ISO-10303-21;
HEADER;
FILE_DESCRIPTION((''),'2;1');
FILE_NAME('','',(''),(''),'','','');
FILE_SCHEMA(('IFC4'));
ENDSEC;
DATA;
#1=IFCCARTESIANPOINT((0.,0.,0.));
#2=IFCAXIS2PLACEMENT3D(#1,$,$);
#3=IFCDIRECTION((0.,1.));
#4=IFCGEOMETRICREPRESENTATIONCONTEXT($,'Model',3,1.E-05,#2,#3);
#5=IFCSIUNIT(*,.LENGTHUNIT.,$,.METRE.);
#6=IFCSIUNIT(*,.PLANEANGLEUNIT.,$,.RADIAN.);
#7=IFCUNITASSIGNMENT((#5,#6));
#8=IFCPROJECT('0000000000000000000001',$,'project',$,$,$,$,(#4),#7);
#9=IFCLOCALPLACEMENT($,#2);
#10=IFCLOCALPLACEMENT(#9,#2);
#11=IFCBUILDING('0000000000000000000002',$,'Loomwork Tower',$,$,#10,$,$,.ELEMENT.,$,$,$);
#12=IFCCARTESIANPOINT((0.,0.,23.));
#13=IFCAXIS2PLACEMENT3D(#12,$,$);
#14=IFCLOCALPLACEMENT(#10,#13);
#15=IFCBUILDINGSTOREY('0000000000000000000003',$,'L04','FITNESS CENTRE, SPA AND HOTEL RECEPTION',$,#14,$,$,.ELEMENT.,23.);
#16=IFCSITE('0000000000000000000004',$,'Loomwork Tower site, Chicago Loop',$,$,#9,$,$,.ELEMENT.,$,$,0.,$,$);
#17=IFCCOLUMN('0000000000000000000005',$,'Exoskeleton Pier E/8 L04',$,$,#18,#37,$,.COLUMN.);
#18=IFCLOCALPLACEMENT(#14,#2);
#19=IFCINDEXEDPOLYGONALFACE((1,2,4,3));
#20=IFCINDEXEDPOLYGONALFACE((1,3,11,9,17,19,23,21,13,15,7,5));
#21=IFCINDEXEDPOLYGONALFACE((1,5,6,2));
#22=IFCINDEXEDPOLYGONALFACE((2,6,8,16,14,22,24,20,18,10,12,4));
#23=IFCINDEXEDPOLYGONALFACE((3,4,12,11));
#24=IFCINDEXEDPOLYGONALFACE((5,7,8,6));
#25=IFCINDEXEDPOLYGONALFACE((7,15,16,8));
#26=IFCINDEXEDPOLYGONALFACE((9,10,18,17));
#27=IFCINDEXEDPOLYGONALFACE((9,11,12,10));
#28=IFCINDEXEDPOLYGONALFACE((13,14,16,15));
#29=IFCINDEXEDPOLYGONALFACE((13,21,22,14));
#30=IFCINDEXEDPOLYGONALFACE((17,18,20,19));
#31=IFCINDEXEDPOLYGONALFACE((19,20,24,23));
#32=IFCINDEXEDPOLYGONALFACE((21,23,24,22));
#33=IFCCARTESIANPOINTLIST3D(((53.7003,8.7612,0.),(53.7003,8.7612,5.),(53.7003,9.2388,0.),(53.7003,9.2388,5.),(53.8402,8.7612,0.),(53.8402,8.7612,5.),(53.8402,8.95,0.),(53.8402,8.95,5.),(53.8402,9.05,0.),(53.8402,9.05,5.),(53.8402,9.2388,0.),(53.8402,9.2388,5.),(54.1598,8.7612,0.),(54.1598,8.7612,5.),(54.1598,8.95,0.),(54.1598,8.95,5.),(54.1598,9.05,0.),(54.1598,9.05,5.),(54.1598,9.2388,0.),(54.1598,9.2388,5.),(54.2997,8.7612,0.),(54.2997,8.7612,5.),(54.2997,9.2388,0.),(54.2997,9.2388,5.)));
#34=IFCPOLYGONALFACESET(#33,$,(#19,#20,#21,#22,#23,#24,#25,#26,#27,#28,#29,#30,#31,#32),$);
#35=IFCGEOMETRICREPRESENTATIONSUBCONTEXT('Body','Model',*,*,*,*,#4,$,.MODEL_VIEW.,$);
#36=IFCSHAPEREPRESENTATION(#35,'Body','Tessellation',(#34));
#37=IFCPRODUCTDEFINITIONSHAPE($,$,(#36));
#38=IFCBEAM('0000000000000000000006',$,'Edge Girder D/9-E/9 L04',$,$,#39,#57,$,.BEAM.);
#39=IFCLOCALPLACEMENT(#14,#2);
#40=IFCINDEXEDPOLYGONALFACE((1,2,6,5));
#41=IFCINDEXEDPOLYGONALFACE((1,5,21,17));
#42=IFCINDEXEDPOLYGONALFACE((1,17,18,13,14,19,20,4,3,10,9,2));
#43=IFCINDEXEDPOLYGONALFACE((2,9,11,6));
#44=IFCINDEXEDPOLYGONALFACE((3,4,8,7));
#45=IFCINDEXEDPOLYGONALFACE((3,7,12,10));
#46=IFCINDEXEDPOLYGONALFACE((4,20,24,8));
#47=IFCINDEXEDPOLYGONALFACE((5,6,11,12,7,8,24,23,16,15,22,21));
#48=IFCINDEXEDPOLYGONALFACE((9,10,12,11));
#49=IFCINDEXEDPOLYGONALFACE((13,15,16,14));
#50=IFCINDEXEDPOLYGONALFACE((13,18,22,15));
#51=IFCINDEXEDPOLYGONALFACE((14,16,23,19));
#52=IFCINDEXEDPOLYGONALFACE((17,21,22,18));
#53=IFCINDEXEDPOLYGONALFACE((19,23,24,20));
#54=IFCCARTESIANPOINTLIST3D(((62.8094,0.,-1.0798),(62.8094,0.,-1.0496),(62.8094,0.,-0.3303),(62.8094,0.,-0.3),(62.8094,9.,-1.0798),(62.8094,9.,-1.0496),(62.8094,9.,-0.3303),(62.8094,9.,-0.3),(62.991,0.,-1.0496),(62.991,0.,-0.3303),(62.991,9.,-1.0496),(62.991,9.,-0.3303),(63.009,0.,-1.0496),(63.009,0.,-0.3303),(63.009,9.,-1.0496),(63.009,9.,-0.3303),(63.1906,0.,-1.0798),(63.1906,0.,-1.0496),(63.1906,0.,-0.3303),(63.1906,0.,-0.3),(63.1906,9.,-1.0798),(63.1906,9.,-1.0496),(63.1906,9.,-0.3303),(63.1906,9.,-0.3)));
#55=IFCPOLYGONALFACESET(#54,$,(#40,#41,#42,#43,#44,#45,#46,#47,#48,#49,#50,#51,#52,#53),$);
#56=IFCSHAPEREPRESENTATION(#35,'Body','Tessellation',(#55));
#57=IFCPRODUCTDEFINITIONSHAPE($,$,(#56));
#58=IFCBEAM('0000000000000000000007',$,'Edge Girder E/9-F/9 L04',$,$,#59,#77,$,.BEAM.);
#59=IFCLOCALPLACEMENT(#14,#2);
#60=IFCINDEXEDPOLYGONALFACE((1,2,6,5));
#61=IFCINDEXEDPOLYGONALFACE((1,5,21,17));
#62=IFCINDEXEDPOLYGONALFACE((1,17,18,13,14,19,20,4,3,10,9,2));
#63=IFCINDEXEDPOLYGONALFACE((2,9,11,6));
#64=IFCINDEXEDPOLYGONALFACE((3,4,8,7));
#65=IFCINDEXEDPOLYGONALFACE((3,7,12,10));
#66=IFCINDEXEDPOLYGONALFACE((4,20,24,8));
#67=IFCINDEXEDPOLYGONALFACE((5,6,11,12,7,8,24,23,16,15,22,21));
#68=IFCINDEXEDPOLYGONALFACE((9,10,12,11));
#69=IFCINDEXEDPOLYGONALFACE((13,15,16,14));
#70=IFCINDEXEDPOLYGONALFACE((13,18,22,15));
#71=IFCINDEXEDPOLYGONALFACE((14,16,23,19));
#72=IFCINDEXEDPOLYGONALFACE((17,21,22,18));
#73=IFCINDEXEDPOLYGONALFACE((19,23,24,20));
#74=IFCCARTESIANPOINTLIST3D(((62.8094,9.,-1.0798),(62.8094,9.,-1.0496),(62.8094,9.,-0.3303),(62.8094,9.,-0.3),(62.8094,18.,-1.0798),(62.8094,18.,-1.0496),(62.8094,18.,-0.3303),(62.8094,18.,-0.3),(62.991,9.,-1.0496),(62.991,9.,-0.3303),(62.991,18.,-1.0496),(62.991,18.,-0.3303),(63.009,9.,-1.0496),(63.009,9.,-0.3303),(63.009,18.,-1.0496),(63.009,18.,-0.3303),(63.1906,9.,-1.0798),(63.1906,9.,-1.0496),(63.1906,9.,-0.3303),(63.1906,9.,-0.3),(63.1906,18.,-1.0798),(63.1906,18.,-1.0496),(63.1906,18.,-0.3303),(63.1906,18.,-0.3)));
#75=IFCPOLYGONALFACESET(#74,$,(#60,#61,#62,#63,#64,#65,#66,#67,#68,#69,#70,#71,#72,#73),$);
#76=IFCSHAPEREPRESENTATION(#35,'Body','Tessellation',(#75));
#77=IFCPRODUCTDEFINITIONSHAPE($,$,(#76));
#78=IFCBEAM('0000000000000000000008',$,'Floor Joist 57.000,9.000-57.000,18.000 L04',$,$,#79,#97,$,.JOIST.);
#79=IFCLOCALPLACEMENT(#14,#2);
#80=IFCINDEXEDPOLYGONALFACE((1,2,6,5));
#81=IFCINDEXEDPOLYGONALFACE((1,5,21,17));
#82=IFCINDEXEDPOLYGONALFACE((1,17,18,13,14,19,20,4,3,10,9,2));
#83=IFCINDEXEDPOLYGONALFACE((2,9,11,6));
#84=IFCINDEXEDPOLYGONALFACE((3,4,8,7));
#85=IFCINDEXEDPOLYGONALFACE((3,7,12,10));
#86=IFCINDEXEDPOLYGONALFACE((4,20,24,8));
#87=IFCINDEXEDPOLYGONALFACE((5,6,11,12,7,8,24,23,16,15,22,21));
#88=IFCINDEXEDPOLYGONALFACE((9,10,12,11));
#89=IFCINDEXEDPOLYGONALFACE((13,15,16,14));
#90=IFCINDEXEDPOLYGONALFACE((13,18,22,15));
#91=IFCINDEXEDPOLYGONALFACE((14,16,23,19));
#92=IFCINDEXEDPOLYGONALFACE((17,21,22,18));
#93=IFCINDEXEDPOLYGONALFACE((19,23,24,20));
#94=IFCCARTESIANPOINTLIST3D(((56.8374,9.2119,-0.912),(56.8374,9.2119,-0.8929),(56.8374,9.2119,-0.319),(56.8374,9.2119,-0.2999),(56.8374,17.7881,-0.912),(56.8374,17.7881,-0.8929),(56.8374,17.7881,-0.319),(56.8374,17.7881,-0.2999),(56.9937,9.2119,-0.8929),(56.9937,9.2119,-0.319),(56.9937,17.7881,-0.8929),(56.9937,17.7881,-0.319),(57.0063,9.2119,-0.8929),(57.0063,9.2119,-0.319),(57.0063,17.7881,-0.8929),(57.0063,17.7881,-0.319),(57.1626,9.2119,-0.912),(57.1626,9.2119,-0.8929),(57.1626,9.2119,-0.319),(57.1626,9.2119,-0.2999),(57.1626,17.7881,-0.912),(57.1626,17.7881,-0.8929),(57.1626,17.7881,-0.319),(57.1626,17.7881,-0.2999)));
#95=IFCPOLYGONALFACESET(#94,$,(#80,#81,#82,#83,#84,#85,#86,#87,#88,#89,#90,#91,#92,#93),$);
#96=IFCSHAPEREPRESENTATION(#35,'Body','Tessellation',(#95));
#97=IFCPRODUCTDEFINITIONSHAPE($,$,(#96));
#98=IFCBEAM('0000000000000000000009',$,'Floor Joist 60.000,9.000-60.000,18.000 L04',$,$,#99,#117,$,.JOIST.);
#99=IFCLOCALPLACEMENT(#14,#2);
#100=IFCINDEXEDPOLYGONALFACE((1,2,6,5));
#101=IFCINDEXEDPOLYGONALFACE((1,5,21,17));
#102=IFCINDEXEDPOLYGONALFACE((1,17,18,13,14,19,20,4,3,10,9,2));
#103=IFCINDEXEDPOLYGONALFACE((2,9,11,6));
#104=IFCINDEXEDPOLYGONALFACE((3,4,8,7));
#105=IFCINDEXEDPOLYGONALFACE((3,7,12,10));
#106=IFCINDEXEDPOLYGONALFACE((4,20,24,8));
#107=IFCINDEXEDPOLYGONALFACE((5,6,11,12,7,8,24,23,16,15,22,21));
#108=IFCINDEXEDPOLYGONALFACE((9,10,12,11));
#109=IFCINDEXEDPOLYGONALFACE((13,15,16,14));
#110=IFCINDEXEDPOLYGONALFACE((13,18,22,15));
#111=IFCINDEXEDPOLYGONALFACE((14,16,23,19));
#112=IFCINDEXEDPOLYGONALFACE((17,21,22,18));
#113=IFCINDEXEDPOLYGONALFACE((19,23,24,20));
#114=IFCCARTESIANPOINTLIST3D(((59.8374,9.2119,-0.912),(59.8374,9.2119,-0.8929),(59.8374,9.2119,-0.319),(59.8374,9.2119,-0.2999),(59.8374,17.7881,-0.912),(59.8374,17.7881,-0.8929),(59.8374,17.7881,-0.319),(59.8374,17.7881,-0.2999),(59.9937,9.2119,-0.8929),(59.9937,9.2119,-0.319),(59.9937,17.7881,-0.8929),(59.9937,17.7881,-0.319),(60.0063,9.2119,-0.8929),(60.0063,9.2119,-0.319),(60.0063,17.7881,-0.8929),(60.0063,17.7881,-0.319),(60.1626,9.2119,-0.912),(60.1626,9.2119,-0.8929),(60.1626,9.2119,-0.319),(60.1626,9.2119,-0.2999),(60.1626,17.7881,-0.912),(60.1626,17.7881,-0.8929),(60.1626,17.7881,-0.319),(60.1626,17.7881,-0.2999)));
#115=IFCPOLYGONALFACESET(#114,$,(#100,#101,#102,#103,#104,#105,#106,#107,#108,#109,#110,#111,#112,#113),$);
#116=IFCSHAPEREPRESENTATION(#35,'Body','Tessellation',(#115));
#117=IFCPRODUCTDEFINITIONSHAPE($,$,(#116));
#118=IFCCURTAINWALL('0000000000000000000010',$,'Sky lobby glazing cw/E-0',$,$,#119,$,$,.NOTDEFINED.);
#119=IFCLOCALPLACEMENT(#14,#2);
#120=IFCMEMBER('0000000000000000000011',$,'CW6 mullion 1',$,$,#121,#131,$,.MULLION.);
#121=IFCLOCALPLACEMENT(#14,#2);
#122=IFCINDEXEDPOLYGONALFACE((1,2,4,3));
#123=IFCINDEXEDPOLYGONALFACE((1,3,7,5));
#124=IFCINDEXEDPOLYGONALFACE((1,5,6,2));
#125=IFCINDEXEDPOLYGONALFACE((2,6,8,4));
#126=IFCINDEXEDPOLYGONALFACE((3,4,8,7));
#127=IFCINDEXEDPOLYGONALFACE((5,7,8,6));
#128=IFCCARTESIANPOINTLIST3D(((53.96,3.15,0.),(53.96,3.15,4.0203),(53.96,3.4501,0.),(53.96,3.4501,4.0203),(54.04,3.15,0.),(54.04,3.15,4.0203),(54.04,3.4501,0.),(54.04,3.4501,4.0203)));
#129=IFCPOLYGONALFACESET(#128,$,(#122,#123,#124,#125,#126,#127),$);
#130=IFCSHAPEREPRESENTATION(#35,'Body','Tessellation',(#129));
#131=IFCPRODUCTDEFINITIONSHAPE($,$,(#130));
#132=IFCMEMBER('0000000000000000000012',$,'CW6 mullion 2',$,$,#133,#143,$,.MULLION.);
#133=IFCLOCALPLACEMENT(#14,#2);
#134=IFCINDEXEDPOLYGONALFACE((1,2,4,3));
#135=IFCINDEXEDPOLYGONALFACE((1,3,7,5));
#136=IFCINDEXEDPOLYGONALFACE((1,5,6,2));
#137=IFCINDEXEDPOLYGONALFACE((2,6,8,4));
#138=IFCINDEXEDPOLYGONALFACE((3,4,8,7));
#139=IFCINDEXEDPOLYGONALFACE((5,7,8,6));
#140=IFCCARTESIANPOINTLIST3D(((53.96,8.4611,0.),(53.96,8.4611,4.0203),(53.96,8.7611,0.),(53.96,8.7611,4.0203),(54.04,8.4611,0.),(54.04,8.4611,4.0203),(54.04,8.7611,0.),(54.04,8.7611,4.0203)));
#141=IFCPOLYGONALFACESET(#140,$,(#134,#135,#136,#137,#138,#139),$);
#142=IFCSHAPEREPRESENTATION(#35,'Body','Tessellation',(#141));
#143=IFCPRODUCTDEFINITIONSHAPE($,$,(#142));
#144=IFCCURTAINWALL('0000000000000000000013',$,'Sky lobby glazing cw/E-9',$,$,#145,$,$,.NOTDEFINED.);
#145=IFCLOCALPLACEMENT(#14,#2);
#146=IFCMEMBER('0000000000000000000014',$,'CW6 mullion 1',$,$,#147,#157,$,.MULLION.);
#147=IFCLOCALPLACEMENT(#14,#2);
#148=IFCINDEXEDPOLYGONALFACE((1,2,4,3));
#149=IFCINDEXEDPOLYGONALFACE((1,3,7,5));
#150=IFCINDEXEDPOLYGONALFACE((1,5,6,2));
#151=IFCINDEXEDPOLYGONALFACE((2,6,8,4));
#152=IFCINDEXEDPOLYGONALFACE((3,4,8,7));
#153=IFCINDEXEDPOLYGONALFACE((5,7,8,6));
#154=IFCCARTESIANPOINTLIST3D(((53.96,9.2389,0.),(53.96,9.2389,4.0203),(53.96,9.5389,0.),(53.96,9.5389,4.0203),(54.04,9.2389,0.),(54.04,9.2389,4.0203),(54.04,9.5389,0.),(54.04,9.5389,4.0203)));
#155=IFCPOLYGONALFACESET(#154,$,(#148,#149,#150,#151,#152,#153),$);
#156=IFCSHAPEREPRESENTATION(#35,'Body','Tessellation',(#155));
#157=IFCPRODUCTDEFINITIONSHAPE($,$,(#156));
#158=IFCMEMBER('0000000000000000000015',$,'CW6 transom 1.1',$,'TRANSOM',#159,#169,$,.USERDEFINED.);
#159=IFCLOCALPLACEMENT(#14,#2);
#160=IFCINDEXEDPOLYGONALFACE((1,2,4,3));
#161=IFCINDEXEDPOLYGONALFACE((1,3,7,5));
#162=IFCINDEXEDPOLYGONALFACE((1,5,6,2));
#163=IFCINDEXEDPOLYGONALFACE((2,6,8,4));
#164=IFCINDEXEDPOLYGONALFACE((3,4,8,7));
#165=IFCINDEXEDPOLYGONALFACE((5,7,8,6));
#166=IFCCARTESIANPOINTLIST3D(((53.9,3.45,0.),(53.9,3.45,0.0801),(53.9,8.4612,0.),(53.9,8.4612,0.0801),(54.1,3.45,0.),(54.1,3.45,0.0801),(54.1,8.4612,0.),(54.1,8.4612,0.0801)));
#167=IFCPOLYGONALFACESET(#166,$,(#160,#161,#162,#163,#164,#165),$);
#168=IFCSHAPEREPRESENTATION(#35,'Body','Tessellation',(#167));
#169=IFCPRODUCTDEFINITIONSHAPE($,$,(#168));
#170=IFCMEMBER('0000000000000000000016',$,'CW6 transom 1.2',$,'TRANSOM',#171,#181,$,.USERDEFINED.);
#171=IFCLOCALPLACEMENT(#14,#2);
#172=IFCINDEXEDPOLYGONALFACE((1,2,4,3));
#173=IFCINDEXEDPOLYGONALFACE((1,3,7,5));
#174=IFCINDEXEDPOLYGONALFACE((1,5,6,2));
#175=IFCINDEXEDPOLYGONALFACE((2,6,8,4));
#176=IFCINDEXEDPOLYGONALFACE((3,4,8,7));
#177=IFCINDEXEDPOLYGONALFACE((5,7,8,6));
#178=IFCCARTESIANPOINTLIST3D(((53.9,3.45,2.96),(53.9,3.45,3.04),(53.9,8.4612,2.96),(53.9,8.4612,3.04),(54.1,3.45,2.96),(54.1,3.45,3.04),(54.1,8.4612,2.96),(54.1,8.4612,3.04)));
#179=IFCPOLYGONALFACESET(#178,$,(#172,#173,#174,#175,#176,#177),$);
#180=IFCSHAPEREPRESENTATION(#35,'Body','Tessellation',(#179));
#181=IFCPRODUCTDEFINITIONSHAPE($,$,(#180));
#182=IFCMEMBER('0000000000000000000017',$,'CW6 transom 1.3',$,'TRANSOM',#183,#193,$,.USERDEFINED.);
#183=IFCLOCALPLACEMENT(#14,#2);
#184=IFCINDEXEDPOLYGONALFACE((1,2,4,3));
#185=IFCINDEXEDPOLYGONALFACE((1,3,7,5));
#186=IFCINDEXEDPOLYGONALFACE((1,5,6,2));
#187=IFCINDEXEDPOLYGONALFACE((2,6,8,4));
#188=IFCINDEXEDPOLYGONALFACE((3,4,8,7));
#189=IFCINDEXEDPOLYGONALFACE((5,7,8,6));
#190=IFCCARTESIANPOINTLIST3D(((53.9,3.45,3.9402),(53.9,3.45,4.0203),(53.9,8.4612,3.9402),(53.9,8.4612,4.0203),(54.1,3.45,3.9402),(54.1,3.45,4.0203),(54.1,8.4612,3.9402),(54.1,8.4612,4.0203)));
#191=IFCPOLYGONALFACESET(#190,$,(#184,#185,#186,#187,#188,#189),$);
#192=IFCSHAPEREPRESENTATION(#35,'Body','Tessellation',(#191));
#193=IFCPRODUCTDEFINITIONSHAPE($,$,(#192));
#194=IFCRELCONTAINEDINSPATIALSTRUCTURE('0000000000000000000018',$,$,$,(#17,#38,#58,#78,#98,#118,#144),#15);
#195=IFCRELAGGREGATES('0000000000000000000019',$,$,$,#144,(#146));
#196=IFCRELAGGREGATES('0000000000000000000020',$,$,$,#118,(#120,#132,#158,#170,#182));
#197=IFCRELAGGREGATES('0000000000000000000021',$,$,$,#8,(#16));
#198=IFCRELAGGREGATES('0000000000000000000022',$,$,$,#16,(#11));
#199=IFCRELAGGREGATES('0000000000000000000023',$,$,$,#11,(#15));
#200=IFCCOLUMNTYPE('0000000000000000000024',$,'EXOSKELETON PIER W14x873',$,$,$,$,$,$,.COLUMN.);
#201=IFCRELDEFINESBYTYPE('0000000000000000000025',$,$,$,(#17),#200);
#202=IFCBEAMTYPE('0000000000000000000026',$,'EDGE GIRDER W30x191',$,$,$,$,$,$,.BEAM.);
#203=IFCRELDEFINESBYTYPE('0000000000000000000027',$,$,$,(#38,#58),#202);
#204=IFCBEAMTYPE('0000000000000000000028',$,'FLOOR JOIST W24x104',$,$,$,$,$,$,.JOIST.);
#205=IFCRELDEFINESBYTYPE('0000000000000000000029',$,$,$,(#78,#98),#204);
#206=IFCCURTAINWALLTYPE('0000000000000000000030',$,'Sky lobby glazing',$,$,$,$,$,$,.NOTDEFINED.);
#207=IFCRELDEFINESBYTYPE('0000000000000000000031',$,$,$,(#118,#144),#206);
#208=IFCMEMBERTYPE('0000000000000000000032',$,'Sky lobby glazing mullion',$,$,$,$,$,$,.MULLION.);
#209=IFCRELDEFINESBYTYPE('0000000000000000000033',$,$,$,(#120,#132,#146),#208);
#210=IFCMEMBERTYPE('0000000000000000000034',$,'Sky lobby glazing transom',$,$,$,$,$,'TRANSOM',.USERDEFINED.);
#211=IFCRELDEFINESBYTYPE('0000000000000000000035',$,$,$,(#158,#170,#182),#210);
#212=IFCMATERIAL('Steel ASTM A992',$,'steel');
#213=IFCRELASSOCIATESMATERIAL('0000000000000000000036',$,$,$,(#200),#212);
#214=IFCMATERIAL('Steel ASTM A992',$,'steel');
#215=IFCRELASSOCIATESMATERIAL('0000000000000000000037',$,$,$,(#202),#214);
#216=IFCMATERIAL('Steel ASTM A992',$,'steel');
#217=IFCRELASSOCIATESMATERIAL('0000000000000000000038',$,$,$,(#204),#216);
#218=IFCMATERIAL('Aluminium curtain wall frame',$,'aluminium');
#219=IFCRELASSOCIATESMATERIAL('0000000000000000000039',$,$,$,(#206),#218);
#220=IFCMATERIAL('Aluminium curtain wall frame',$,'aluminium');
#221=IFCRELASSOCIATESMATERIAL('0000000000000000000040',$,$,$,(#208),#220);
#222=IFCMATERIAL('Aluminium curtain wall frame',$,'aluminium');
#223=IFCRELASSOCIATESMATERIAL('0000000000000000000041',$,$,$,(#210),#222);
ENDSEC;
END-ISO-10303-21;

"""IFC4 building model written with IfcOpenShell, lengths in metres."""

from ifc_helpers import new_model, si_unit, direction, frame, origin, origin_2d, place, context, subcontext, project, spatial, rectangle, i_section, extrude, material, material_profile, profile_set, type_object, element, aggregate, save


model = new_model("IFC4")

# Units and contexts
model_context = context("Model", 3, precision=1e-05, world=origin(), true_north=direction((0.0, 1.0)))
body_context = subcontext(model_context, "Body", "Model", "MODEL_VIEW")
ifc_project = project(units=[si_unit("LENGTHUNIT", "METRE"), si_unit("PLANEANGLEUNIT", "RADIAN")], contexts=[model_context])

# Site, building, storey
site_placement = place(None, origin())
site = spatial("IfcSite", under=ifc_project, at=site_placement, Name="Loomwork Tower site, Chicago Loop", CompositionType="ELEMENT", RefElevation=0.0)
building_placement = place(site_placement, origin())
building = spatial("IfcBuilding", under=site, at=building_placement, Name="Loomwork Tower", CompositionType="ELEMENT")
storey_placement = place(building_placement, frame((0.0, 0.0, 23.0)))
storey = spatial("IfcBuildingStorey", under=building, at=storey_placement, Name="L04", Description="FITNESS CENTRE, SPA AND HOTEL RECEPTION", CompositionType="ELEMENT", Elevation=23.0)

# Column
ifc_material_1 = material(Name="Steel ASTM A992", Category="steel")
ifc_material_profile_1 = material_profile(ifc_material_1, i_section(OverallWidth=0.4775, OverallDepth=0.5994, WebThickness=0.1001, FlangeThickness=0.1399, at=origin_2d()), Name="W14x873")
ifc_profile_set_1 = profile_set([ifc_material_profile_1], Name="Steel ASTM A992")
column_type = type_object("IfcColumnType", Name="EXOSKELETON PIER W14x873", PredefinedType="COLUMN", material=ifc_profile_set_1)
column_placement = place(storey_placement, frame((54.0, 9.0, 0.0), z_axis=(0.0, 0.0, 1.0), x_axis=(0.0, 1.0, 0.0)))
element("IfcColumn", 1, at=column_placement, inside=storey, type_object=column_type, Name="Exoskeleton Pier E/8 L04", PredefinedType="COLUMN", context=body_context, shape_type="SweptSolid", body=[
    extrude(i_section(OverallWidth=0.4775, OverallDepth=0.5994, WebThickness=0.1001, FlangeThickness=0.1399, at=origin_2d()), origin(), (0.0, 0.0, 1.0), 5.0),
])

# Beams
ifc_material_2 = material(Name="Steel ASTM A992", Category="steel")
ifc_material_profile_2 = material_profile(ifc_material_2, i_section(OverallWidth=0.3811, OverallDepth=0.7798, WebThickness=0.0181, FlangeThickness=0.0303, at=origin_2d()), Name="W30x191")
ifc_profile_set_2 = profile_set([ifc_material_profile_2], Name="Steel ASTM A992")
beam_type_1 = type_object("IfcBeamType", Name="EDGE GIRDER W30x191", PredefinedType="BEAM", material=ifc_profile_set_2)
for number, where, z_axis, x_axis, name in (
    (2, (63.0, 0.0, -0.6899), (0.0, 1.0, 0.0), (-1.0, 0.0, 0.0), "Edge Girder D/9-E/9 L04"),
    (3, (63.0, 9.0, -0.6899), (0.0, 1.0, 0.0), (-1.0, 0.0, 0.0), "Edge Girder E/9-F/9 L04"),
):
    element("IfcBeam", number, at=place(storey_placement, frame(where, z_axis=z_axis, x_axis=x_axis)), inside=storey, type_object=beam_type_1, Name=name, PredefinedType="BEAM", context=body_context, shape_type="SweptSolid", body=[
        extrude(i_section(OverallWidth=0.3811, OverallDepth=0.7798, WebThickness=0.0181, FlangeThickness=0.0303, at=origin_2d()), origin(), (0.0, 0.0, 1.0), 9.0),
    ])
ifc_material_3 = material(Name="Steel ASTM A992", Category="steel")
ifc_material_profile_3 = material_profile(ifc_material_3, i_section(OverallWidth=0.3252, OverallDepth=0.6121, WebThickness=0.0127, FlangeThickness=0.019, at=origin_2d()), Name="W24x104")
ifc_profile_set_3 = profile_set([ifc_material_profile_3], Name="Steel ASTM A992")
beam_type_2 = type_object("IfcBeamType", Name="FLOOR JOIST W24x104", PredefinedType="JOIST", material=ifc_profile_set_3)
for number, where, z_axis, x_axis, name in (
    (4, (57.0, 9.2119, -0.606), (0.0, 1.0, 0.0), (-1.0, 0.0, 0.0), "Floor Joist 57.000,9.000-57.000,18.000 L04"),
    (5, (60.0, 9.2119, -0.606), (0.0, 1.0, 0.0), (-1.0, 0.0, 0.0), "Floor Joist 60.000,9.000-60.000,18.000 L04"),
):
    element("IfcBeam", number, at=place(storey_placement, frame(where, z_axis=z_axis, x_axis=x_axis)), inside=storey, type_object=beam_type_2, Name=name, PredefinedType="JOIST", context=body_context, shape_type="SweptSolid", body=[
        extrude(i_section(OverallWidth=0.3252, OverallDepth=0.6121, WebThickness=0.0127, FlangeThickness=0.019, at=origin_2d()), origin(), (0.0, 0.0, 1.0), 8.5762),
    ])

# Curtain wall, members
ifc_material_4 = material(Name="Aluminium curtain wall frame", Category="aluminium")
curtain_wall_type = type_object("IfcCurtainWallType", Name="Sky lobby glazing", PredefinedType="NOTDEFINED", material=ifc_material_4)
curtain_wall_1_placement = place(storey_placement, origin())
curtain_wall_1 = element("IfcCurtainWall", 6, at=curtain_wall_1_placement, inside=storey, type_object=curtain_wall_type, Name="Sky lobby glazing cw/E-0", PredefinedType="NOTDEFINED")
ifc_material_5 = material(Name="Aluminium curtain wall frame", Category="aluminium")
ifc_material_profile_4 = material_profile(ifc_material_5, rectangle(XDim=0.0801, YDim=0.3, at=origin_2d()), Name="AL 80x300")
ifc_profile_set_4 = profile_set([ifc_material_profile_4], Name="Aluminium curtain wall frame")
member_type_1 = type_object("IfcMemberType", Name="Sky lobby glazing mullion", PredefinedType="MULLION", material=ifc_profile_set_4)
member_1_placement = place(storey_placement, frame((54.0, 3.3, 0.0), z_axis=(0.0, 0.0, 1.0), x_axis=(-1.0, 0.0, 0.0)))
member_1 = element("IfcMember", 7, at=member_1_placement, type_object=member_type_1, Name="CW6 mullion 1", PredefinedType="MULLION", context=body_context, shape_type="SweptSolid", body=[
    extrude(rectangle(XDim=0.0801, YDim=0.3, at=origin_2d()), origin(), (0.0, 0.0, 1.0), 4.0203),
])
member_2_placement = place(storey_placement, frame((54.0, 8.6111, 0.0), z_axis=(0.0, 0.0, 1.0), x_axis=(-1.0, 0.0, 0.0)))
member_2 = element("IfcMember", 8, at=member_2_placement, type_object=member_type_1, Name="CW6 mullion 2", PredefinedType="MULLION", context=body_context, shape_type="SweptSolid", body=[
    extrude(rectangle(XDim=0.0801, YDim=0.3, at=origin_2d()), origin(), (0.0, 0.0, 1.0), 4.0203),
])

# Curtain wall, member
curtain_wall_2_placement = place(storey_placement, origin())
curtain_wall_2 = element("IfcCurtainWall", 9, at=curtain_wall_2_placement, inside=storey, type_object=curtain_wall_type, Name="Sky lobby glazing cw/E-9", PredefinedType="NOTDEFINED")
member_3_placement = place(storey_placement, frame((54.0, 9.3889, 0.0), z_axis=(0.0, 0.0, 1.0), x_axis=(-1.0, 0.0, 0.0)))
member_3 = element("IfcMember", 10, at=member_3_placement, type_object=member_type_1, Name="CW6 mullion 1", PredefinedType="MULLION", context=body_context, shape_type="SweptSolid", body=[
    extrude(rectangle(XDim=0.0801, YDim=0.3, at=origin_2d()), origin(), (0.0, 0.0, 1.0), 4.0203),
])
aggregate(curtain_wall_2, [member_3])

# Members
ifc_material_6 = material(Name="Aluminium curtain wall frame", Category="aluminium")
ifc_material_profile_5 = material_profile(ifc_material_6, rectangle(XDim=0.2, YDim=0.0801, at=origin_2d()), Name="AL 80x200")
ifc_profile_set_5 = profile_set([ifc_material_profile_5], Name="Aluminium curtain wall frame")
member_type_2 = type_object("IfcMemberType", Name="Sky lobby glazing transom", ElementType="TRANSOM", PredefinedType="USERDEFINED", material=ifc_profile_set_5)
member_4_placement = place(storey_placement, frame((54.0, 3.45, 0.04), z_axis=(0.0, 1.0, 0.0), x_axis=(-1.0, 0.0, 0.0)))
member_4 = element("IfcMember", 11, at=member_4_placement, type_object=member_type_2, Name="CW6 transom 1.1", ObjectType="TRANSOM", PredefinedType="USERDEFINED", context=body_context, shape_type="SweptSolid", body=[
    extrude(rectangle(XDim=0.2, YDim=0.0801, at=origin_2d()), origin(), (0.0, 0.0, 1.0), 5.0112),
])
member_5_placement = place(storey_placement, frame((54.0, 3.45, 3.0), z_axis=(0.0, 1.0, 0.0), x_axis=(-1.0, 0.0, 0.0)))
member_5 = element("IfcMember", 12, at=member_5_placement, type_object=member_type_2, Name="CW6 transom 1.2", ObjectType="TRANSOM", PredefinedType="USERDEFINED", context=body_context, shape_type="SweptSolid", body=[
    extrude(rectangle(XDim=0.2, YDim=0.0801, at=origin_2d()), origin(), (0.0, 0.0, 1.0), 5.0112),
])
member_6_placement = place(storey_placement, frame((54.0, 3.45, 3.9802), z_axis=(0.0, 1.0, 0.0), x_axis=(-1.0, 0.0, 0.0)))
member_6 = element("IfcMember", 13, at=member_6_placement, type_object=member_type_2, Name="CW6 transom 1.3", ObjectType="TRANSOM", PredefinedType="USERDEFINED", context=body_context, shape_type="SweptSolid", body=[
    extrude(rectangle(XDim=0.2, YDim=0.0801, at=origin_2d()), origin(), (0.0, 0.0, 1.0), 5.0112),
])

aggregate(curtain_wall_1, [member_1, member_2, member_4, member_5, member_6])

save(model, "model.ifc")
